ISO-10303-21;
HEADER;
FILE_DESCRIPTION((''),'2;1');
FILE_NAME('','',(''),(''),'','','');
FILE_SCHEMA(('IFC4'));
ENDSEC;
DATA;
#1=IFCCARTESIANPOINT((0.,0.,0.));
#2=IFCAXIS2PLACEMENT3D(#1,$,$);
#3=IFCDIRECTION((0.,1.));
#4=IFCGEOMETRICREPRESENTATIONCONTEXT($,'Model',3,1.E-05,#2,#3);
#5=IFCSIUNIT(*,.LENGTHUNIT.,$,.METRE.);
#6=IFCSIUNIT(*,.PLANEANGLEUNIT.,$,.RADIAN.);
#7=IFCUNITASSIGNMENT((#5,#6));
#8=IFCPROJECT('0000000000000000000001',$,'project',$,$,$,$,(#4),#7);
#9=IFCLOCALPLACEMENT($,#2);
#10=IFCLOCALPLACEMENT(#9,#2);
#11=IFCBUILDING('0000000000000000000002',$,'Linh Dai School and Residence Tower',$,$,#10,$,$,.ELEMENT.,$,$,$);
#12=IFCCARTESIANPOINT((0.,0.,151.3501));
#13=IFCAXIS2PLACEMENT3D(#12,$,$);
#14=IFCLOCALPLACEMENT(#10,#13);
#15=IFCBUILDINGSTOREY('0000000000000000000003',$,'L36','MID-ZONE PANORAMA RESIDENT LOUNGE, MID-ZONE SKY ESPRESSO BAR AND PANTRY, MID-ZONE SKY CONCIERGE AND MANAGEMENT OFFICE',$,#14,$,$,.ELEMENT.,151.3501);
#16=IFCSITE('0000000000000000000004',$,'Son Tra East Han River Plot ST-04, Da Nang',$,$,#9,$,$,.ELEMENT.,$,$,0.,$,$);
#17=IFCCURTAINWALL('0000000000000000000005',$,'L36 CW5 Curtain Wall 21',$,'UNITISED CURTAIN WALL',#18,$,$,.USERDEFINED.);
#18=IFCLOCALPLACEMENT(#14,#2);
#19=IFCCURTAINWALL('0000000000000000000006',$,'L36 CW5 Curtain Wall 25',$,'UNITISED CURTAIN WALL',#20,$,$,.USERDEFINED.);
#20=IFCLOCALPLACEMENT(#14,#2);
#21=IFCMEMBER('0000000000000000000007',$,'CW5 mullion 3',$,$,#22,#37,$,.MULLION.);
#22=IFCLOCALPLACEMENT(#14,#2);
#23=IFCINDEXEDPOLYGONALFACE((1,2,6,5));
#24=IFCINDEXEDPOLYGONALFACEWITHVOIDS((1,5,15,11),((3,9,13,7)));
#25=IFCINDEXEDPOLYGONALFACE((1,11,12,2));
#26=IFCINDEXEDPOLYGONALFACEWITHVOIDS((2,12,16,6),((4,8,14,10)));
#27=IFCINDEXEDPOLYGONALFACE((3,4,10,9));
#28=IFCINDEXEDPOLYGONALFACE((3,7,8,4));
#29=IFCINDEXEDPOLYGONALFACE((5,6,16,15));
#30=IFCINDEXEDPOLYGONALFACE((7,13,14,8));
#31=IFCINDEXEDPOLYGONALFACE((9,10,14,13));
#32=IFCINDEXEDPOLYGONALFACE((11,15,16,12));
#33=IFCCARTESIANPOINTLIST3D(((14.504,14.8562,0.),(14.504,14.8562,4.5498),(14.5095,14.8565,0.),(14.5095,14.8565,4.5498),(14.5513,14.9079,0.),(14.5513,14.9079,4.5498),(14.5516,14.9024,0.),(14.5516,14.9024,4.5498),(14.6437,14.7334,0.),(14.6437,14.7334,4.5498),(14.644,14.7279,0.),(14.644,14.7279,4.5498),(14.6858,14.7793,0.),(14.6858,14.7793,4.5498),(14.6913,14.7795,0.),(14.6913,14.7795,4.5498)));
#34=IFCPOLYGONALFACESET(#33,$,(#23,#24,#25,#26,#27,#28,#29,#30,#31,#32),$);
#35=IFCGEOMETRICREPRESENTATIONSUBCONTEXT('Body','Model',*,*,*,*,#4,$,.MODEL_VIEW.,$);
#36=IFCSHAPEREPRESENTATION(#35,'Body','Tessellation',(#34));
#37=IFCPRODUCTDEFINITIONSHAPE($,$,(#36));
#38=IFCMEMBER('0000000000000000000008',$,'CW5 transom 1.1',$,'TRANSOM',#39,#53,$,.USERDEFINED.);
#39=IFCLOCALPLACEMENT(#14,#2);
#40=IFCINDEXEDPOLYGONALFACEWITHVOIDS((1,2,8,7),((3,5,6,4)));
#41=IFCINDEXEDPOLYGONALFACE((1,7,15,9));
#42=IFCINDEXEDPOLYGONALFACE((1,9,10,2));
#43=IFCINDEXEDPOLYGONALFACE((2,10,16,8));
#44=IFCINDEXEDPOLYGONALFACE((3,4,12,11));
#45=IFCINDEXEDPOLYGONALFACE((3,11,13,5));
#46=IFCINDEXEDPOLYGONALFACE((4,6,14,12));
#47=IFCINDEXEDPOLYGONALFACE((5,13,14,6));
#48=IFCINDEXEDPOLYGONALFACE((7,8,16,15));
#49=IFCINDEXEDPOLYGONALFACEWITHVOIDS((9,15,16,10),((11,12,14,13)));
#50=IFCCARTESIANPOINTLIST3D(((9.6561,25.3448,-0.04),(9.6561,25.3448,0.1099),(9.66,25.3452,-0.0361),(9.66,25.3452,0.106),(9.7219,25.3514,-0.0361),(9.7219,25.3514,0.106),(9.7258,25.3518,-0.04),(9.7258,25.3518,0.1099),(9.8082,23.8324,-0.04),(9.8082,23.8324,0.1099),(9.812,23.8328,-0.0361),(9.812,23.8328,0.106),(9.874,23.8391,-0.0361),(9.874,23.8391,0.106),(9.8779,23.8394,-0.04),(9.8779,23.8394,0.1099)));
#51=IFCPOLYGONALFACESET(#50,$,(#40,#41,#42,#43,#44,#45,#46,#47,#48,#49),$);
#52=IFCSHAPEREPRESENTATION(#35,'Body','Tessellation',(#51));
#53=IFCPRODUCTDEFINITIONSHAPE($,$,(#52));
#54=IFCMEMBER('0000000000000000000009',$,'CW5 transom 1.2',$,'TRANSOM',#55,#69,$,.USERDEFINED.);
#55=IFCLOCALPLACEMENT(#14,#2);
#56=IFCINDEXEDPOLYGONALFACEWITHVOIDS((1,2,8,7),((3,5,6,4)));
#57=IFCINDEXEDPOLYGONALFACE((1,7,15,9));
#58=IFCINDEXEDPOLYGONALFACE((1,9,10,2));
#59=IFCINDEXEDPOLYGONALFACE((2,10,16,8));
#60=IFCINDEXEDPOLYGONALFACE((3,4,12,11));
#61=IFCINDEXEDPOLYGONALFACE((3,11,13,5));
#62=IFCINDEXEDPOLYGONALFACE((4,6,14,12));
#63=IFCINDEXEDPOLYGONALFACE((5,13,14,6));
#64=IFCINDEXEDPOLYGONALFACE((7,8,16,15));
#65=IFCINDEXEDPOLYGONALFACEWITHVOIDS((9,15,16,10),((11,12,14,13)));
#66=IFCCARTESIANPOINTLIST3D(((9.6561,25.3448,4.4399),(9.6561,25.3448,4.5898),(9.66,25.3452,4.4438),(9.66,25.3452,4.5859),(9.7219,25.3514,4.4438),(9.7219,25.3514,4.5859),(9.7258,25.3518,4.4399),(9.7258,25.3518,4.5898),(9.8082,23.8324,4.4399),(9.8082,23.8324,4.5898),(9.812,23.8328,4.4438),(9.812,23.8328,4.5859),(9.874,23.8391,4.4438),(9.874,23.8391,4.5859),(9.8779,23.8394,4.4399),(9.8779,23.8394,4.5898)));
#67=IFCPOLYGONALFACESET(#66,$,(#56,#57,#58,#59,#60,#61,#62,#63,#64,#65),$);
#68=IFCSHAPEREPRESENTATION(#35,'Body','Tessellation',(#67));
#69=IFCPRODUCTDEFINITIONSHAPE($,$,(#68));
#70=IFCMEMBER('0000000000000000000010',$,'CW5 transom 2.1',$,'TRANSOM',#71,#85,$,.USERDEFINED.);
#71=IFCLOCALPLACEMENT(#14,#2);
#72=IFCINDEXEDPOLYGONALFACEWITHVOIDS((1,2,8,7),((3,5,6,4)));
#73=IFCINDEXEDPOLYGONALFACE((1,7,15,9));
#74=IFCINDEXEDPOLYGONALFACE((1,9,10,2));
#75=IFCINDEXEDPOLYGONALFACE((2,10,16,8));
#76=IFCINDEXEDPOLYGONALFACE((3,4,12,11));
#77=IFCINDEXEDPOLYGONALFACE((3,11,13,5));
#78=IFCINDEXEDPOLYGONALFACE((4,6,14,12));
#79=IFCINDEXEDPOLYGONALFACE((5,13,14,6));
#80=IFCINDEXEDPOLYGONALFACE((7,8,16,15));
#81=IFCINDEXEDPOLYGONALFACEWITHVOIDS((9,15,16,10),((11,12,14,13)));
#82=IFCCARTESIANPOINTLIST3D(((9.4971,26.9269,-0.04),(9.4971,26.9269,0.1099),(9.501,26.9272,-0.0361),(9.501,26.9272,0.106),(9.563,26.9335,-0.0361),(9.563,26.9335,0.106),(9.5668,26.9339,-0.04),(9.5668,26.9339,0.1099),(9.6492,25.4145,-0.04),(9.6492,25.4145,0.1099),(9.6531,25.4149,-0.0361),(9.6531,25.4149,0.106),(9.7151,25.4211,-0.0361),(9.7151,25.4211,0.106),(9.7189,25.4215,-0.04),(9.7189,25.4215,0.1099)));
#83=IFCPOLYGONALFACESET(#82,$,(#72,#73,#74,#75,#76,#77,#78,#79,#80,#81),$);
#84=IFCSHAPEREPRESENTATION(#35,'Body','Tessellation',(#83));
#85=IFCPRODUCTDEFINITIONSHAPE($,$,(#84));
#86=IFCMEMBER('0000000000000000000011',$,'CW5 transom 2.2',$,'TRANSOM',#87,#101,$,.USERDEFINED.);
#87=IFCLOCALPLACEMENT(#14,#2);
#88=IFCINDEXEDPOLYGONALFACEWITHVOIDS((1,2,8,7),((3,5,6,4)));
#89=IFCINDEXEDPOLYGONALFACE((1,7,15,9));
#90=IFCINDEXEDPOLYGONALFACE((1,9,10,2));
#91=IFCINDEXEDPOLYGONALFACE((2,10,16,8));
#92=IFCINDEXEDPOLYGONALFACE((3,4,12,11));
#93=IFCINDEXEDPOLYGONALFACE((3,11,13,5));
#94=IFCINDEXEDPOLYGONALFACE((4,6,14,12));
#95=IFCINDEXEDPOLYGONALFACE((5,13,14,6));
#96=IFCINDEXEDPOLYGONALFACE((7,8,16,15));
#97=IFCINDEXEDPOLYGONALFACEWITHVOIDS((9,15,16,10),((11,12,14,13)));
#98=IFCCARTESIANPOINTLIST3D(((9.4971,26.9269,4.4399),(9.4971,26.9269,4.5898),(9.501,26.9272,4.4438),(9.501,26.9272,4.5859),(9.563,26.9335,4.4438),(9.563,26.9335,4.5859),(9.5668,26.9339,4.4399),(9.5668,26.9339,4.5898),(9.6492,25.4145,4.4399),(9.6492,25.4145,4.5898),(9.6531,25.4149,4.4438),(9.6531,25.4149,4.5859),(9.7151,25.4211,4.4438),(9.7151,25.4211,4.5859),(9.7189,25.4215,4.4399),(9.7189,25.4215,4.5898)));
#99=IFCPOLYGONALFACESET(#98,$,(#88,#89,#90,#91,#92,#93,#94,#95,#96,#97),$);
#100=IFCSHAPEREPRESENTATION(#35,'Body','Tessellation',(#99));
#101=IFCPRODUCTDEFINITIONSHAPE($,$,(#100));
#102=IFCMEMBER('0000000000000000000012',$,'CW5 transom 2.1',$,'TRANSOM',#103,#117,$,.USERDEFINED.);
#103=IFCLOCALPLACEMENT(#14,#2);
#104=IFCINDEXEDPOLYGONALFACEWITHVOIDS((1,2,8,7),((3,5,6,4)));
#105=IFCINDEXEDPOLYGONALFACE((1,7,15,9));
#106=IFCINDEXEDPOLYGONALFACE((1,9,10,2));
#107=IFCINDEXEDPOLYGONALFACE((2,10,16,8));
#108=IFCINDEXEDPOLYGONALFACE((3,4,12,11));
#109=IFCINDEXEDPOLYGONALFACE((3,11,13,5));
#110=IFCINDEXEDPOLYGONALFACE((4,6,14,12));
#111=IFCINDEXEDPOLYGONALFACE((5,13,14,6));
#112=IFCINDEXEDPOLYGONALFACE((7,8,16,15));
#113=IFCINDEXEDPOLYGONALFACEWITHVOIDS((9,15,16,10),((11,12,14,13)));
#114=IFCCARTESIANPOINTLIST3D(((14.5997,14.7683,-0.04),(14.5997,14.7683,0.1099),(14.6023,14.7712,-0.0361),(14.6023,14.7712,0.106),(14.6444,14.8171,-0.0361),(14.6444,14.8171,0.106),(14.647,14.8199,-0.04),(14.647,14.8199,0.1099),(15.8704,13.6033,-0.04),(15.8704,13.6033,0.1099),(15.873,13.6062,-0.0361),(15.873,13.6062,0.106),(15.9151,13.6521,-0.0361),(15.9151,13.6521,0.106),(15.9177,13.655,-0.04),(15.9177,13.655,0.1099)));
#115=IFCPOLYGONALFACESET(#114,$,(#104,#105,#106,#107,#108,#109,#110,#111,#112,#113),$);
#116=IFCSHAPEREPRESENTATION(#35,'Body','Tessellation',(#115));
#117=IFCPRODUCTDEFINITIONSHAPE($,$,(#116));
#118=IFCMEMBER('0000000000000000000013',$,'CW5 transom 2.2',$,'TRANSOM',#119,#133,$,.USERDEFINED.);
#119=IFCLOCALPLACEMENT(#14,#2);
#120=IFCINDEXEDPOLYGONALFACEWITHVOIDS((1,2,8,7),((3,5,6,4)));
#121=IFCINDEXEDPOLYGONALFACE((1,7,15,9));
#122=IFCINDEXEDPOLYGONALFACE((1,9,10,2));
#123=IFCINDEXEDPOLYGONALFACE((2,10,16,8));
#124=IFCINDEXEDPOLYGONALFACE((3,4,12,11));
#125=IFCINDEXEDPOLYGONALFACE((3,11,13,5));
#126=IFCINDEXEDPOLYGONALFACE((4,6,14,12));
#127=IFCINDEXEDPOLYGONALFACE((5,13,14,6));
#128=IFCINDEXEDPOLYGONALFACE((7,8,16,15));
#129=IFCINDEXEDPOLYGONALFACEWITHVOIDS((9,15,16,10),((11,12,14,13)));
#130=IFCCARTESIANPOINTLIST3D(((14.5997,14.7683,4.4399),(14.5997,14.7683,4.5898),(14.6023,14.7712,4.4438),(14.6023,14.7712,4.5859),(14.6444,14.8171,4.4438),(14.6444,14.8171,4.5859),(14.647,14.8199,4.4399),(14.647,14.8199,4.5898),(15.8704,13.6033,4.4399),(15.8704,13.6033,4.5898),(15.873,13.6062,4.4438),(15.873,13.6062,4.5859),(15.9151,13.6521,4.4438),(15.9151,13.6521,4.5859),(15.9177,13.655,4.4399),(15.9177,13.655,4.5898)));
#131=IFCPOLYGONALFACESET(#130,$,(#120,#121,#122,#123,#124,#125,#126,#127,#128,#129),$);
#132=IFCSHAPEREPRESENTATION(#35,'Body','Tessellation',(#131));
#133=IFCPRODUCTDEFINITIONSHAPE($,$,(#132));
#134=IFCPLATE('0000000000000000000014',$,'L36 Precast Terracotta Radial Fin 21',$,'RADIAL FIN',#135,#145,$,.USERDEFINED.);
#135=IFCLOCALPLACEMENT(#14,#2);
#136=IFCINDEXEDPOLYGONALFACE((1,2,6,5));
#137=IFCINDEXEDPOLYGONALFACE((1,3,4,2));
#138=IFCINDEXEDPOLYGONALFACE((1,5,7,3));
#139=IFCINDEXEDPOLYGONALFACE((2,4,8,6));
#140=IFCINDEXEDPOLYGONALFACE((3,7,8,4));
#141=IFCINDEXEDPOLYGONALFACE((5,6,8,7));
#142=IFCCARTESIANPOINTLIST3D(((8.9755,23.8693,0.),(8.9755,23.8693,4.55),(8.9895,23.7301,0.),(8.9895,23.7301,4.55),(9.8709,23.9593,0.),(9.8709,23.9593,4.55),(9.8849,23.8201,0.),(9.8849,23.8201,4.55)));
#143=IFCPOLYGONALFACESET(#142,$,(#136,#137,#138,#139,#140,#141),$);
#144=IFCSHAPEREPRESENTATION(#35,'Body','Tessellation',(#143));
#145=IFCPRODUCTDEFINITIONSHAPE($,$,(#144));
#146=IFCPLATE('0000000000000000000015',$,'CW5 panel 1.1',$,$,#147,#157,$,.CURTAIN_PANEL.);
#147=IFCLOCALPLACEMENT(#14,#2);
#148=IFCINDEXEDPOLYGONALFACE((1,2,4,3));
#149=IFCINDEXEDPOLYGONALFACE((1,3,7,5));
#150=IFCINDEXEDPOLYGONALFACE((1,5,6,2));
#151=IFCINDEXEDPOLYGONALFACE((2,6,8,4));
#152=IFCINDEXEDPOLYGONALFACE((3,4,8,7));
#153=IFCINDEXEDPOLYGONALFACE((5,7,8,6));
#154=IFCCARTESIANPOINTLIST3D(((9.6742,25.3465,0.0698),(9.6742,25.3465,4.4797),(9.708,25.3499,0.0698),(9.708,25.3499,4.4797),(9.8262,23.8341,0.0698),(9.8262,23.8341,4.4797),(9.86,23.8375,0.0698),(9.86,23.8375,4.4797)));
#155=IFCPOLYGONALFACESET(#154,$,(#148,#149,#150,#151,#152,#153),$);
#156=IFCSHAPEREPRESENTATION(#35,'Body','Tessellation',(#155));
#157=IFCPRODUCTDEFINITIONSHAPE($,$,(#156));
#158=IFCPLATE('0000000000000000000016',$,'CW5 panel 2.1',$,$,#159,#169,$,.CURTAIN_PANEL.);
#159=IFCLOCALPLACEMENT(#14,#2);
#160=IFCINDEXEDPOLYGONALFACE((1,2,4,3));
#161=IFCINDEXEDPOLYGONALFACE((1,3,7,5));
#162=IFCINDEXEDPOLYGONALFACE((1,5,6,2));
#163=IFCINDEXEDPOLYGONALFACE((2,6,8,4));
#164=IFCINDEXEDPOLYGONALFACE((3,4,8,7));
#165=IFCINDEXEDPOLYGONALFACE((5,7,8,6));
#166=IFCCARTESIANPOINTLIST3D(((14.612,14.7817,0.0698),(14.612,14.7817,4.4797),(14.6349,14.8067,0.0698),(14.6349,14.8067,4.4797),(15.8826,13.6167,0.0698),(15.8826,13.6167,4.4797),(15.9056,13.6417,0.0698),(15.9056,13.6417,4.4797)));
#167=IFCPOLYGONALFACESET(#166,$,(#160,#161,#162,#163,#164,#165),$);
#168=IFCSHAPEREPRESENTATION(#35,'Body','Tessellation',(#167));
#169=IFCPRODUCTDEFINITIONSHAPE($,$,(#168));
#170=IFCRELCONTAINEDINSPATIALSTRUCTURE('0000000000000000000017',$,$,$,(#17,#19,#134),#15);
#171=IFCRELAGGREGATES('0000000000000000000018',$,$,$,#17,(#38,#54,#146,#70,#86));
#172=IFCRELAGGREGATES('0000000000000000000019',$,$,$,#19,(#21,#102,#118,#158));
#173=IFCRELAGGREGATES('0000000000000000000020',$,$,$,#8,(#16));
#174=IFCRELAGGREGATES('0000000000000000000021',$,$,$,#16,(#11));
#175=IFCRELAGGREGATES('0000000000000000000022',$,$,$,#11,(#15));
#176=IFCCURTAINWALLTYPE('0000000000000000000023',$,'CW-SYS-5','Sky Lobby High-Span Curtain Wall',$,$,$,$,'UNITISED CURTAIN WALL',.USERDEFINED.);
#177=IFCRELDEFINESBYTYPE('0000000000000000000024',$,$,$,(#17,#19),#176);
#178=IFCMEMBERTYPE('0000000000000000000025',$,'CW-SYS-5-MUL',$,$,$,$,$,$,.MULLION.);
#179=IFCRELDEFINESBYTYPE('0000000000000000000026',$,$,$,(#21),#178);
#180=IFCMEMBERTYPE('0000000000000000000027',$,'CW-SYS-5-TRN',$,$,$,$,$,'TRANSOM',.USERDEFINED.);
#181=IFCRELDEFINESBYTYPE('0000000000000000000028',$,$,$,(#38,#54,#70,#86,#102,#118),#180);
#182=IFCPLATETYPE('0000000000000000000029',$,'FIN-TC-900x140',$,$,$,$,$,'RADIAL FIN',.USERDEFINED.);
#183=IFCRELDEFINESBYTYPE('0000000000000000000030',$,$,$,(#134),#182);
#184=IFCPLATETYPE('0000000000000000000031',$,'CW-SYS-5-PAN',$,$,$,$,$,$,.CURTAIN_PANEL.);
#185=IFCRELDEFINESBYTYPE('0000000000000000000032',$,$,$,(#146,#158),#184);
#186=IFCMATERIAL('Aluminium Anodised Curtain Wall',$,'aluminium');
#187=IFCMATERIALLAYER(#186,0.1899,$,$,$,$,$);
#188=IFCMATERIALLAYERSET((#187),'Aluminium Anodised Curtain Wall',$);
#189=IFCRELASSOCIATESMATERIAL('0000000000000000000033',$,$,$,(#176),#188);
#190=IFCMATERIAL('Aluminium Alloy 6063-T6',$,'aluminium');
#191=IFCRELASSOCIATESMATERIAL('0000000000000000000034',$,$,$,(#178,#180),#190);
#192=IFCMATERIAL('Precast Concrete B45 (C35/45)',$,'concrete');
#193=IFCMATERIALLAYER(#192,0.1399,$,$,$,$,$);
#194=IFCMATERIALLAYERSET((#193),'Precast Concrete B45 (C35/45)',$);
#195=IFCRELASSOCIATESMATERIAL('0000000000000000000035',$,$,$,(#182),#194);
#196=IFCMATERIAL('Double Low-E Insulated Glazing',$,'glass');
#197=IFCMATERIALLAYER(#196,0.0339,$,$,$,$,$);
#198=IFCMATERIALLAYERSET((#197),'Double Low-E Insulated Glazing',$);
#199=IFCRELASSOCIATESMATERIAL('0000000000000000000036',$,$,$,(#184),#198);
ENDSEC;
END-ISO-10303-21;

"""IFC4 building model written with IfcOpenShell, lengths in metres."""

from ifc_helpers import new_model, si_unit, direction, frame, origin, origin_2d, place, context, subcontext, project, spatial, rectangle, hollow_rectangle, extrude, source, transform, mapped, material, layer, layer_set, material_profile, profile_set, type_object, element, aggregate, save


model = new_model("IFC4")

# Units and contexts
model_context = context("Model", 3, precision=1e-05, world=origin(), true_north=direction((0.0, 1.0)))
body_context = subcontext(model_context, "Body", "Model", "MODEL_VIEW")
ifc_project = project(units=[si_unit("LENGTHUNIT", "METRE"), si_unit("PLANEANGLEUNIT", "RADIAN")], contexts=[model_context])

# Site, building, storey
site_placement = place(None, origin())
site = spatial("IfcSite", under=ifc_project, at=site_placement, Name="Son Tra East Han River Plot ST-04, Da Nang", CompositionType="ELEMENT", RefElevation=0.0)
building_placement = place(site_placement, origin())
building = spatial("IfcBuilding", under=site, at=building_placement, Name="Linh Dai School and Residence Tower", CompositionType="ELEMENT")
storey_placement = place(building_placement, frame((0.0, 0.0, 151.3501)))
storey = spatial("IfcBuildingStorey", under=building, at=storey_placement, Name="L36", Description="MID-ZONE PANORAMA RESIDENT LOUNGE, MID-ZONE SKY ESPRESSO BAR AND PANTRY, MID-ZONE SKY CONCIERGE AND MANAGEMENT OFFICE", CompositionType="ELEMENT", Elevation=151.3501)

# Curtain wall
ifc_material_1 = material(Name="Aluminium Anodised Curtain Wall", Category="aluminium")
ifc_layer_1 = layer(ifc_material_1, 0.1899)
ifc_layer_set_1 = layer_set([ifc_layer_1], Name="Aluminium Anodised Curtain Wall")
curtain_wall_type = type_object("IfcCurtainWallType", Name="CW-SYS-5", Description="Sky Lobby High-Span Curtain Wall", ElementType="UNITISED CURTAIN WALL", PredefinedType="USERDEFINED", material=ifc_layer_set_1)
curtain_wall_1_placement = place(storey_placement, origin())
curtain_wall_1 = element("IfcCurtainWall", 1, at=curtain_wall_1_placement, inside=storey, type_object=curtain_wall_type, Name="L36 CW5 Curtain Wall 21", ObjectType="UNITISED CURTAIN WALL", PredefinedType="USERDEFINED")
ifc_material_2 = material(Name="Aluminium Alloy 6063-T6", Category="aluminium")
ifc_material_profile_1 = material_profile(ifc_material_2, hollow_rectangle(XDim=0.0701, YDim=0.1899, WallThickness=0.0039, at=origin_2d()), Name="RHS 190x70x4")
ifc_profile_set_1 = profile_set([ifc_material_profile_1], Name="Aluminium Alloy 6063-T6")
member_type_1 = type_object("IfcMemberType", Name="CW-SYS-5-MUL", PredefinedType="MULLION", material=ifc_profile_set_1)
shared_shape_1 = source(origin(), body_context, "Body", "SweptSolid", [
    extrude(hollow_rectangle(XDim=0.0701, YDim=0.1899, WallThickness=0.0039, at=origin_2d()), origin(), (0.0, 0.0, 1.0), 4.5498),
])

# Curtain wall, member
curtain_wall_2_placement = place(storey_placement, origin())
curtain_wall_2 = element("IfcCurtainWall", 2, at=curtain_wall_2_placement, inside=storey, type_object=curtain_wall_type, Name="L36 CW5 Curtain Wall 25", ObjectType="UNITISED CURTAIN WALL", PredefinedType="USERDEFINED")
member_1_placement = place(storey_placement, frame((14.5977, 14.8179, 0.0), z_axis=(0.0, 0.0, 1.0), x_axis=(-0.6758, -0.737085, 0.0)))
member_1 = element("IfcMember", 3, at=member_1_placement, type_object=member_type_1, Name="CW5 mullion 3", PredefinedType="MULLION", context=body_context, shape_type="MappedRepresentation", body=[
    mapped(shared_shape_1, transform((0.0, 0.0, 0.0), x_axis=(1.0, 0.0, 0.0), y_axis=(0.0, 1.0, 0.0), z_axis=(0.0, 0.0, 1.0), scale=1.0)),
])

# Members
ifc_material_profile_2 = material_profile(ifc_material_2, hollow_rectangle(XDim=0.0701, YDim=0.1499, WallThickness=0.0039, at=origin_2d()), Name="RHS 150x70x4")
ifc_profile_set_2 = profile_set([ifc_material_profile_2], Name="Aluminium Alloy 6063-T6")
member_type_2 = type_object("IfcMemberType", Name="CW-SYS-5-TRN", ElementType="TRANSOM", PredefinedType="USERDEFINED", material=ifc_profile_set_2)
shared_shape_2 = source(origin(), body_context, "Body", "SweptSolid", [
    extrude(hollow_rectangle(XDim=0.0701, YDim=0.1499, WallThickness=0.0039, at=origin_2d()), origin(), (0.0, 0.0, 1.0), 1.52),
])
member_2_placement = place(storey_placement, frame((9.843, 23.8359, 0.0349), z_axis=(-0.10006, 0.994981, 0.0), x_axis=(-0.994981, -0.10006, 0.0)))
member_2 = element("IfcMember", 4, at=member_2_placement, type_object=member_type_2, Name="CW5 transom 1.1", ObjectType="TRANSOM", PredefinedType="USERDEFINED", context=body_context, shape_type="MappedRepresentation", body=[
    mapped(shared_shape_2, transform((0.0, 0.0, 0.0), x_axis=(1.0, 0.0, 0.0), y_axis=(0.0, 1.0, 0.0), z_axis=(0.0, 0.0, 1.0), scale=1.0)),
])
member_3_placement = place(storey_placement, frame((9.843, 23.8359, 4.5149), z_axis=(-0.10006, 0.994981, 0.0), x_axis=(-0.994981, -0.10006, 0.0)))
member_3 = element("IfcMember", 5, at=member_3_placement, type_object=member_type_2, Name="CW5 transom 1.2", ObjectType="TRANSOM", PredefinedType="USERDEFINED", context=body_context, shape_type="MappedRepresentation", body=[
    mapped(shared_shape_2, transform((0.0, 0.0, 0.0), x_axis=(1.0, 0.0, 0.0), y_axis=(0.0, 1.0, 0.0), z_axis=(0.0, 0.0, 1.0), scale=1.0)),
])
member_4_placement = place(storey_placement, frame((9.6841, 25.418, 0.0349), z_axis=(-0.10006, 0.994981, 0.0), x_axis=(-0.994981, -0.10006, 0.0)))
member_4 = element("IfcMember", 6, at=member_4_placement, type_object=member_type_2, Name="CW5 transom 2.1", ObjectType="TRANSOM", PredefinedType="USERDEFINED", context=body_context, shape_type="MappedRepresentation", body=[
    mapped(shared_shape_2, transform((0.0, 0.0, 0.0), x_axis=(1.0, 0.0, 0.0), y_axis=(0.0, 1.0, 0.0), z_axis=(0.0, 0.0, 1.0), scale=1.0)),
])
member_5_placement = place(storey_placement, frame((9.6841, 25.418, 4.5149), z_axis=(-0.10006, 0.994981, 0.0), x_axis=(-0.994981, -0.10006, 0.0)))
member_5 = element("IfcMember", 7, at=member_5_placement, type_object=member_type_2, Name="CW5 transom 2.2", ObjectType="TRANSOM", PredefinedType="USERDEFINED", context=body_context, shape_type="MappedRepresentation", body=[
    mapped(shared_shape_2, transform((0.0, 0.0, 0.0), x_axis=(1.0, 0.0, 0.0), y_axis=(0.0, 1.0, 0.0), z_axis=(0.0, 0.0, 1.0), scale=1.0)),
])
shared_shape_3 = source(origin(), body_context, "Body", "SweptSolid", [
    extrude(hollow_rectangle(XDim=0.0701, YDim=0.1499, WallThickness=0.0039, at=origin_2d()), origin(), (0.0, 0.0, 1.0), 1.7239),
])
member_6_placement = place(storey_placement, frame((15.894, 13.6292, 0.0349), z_axis=(-0.737101, 0.675782, 0.0), x_axis=(-0.675782, -0.737101, 0.0)))
member_6 = element("IfcMember", 8, at=member_6_placement, type_object=member_type_2, Name="CW5 transom 2.1", ObjectType="TRANSOM", PredefinedType="USERDEFINED", context=body_context, shape_type="MappedRepresentation", body=[
    mapped(shared_shape_3, transform((0.0, 0.0, 0.0), x_axis=(1.0, 0.0, 0.0), y_axis=(0.0, 1.0, 0.0), z_axis=(0.0, 0.0, 1.0), scale=1.0)),
])
member_7_placement = place(storey_placement, frame((15.894, 13.6292, 4.5149), z_axis=(-0.737101, 0.675782, 0.0), x_axis=(-0.675782, -0.737101, 0.0)))
member_7 = element("IfcMember", 9, at=member_7_placement, type_object=member_type_2, Name="CW5 transom 2.2", ObjectType="TRANSOM", PredefinedType="USERDEFINED", context=body_context, shape_type="MappedRepresentation", body=[
    mapped(shared_shape_3, transform((0.0, 0.0, 0.0), x_axis=(1.0, 0.0, 0.0), y_axis=(0.0, 1.0, 0.0), z_axis=(0.0, 0.0, 1.0), scale=1.0)),
])

# Plates
ifc_material_3 = material(Name="Precast Concrete B45 (C35/45)", Category="concrete")
ifc_layer_2 = layer(ifc_material_3, 0.1399)
ifc_layer_set_2 = layer_set([ifc_layer_2], Name="Precast Concrete B45 (C35/45)")
plate_type_1 = type_object("IfcPlateType", Name="FIN-TC-900x140", ElementType="RADIAL FIN", PredefinedType="USERDEFINED", material=ifc_layer_set_2)
shared_shape_4 = source(origin(), body_context, "Body", "SweptSolid", [
    extrude(rectangle(XDim=0.8999, YDim=0.1399, at=origin_2d()), origin(), (0.0, 0.0, 1.0), 4.55),
])
plate_1_placement = place(storey_placement, frame((9.4302, 23.8447, 0.0), z_axis=(0.0, 0.0, 1.0), x_axis=(-0.994987, -0.100002, 0.0)))
element("IfcPlate", 10, at=plate_1_placement, inside=storey, type_object=plate_type_1, Name="L36 Precast Terracotta Radial Fin 21", ObjectType="RADIAL FIN", PredefinedType="USERDEFINED", context=body_context, shape_type="MappedRepresentation", body=[
    mapped(shared_shape_4, transform((0.0, 0.0, 0.0), x_axis=(1.0, 0.0, 0.0), y_axis=(0.0, 1.0, 0.0), z_axis=(0.0, 0.0, 1.0), scale=1.0)),
])
ifc_material_4 = material(Name="Double Low-E Insulated Glazing", Category="glass")
ifc_layer_3 = layer(ifc_material_4, 0.0339)
ifc_layer_set_3 = layer_set([ifc_layer_3], Name="Double Low-E Insulated Glazing")
plate_type_2 = type_object("IfcPlateType", Name="CW-SYS-5-PAN", PredefinedType="CURTAIN_PANEL", material=ifc_layer_set_3)
shared_shape_5 = source(origin(), body_context, "Body", "SweptSolid", [
    extrude(rectangle(XDim=1.52, YDim=0.0339, at=origin_2d()), origin(), (0.0, 0.0, 1.0), 4.4099),
])
plate_2_placement = place(storey_placement, frame((9.7671, 24.592, 0.0698), z_axis=(0.0, 0.0, 1.0), x_axis=(-0.100002, 0.994987, 0.0)))
plate_2 = element("IfcPlate", 11, at=plate_2_placement, type_object=plate_type_2, Name="CW5 panel 1.1", PredefinedType="CURTAIN_PANEL", context=body_context, shape_type="MappedRepresentation", body=[
    mapped(shared_shape_5, transform((0.0, 0.0, 0.0), x_axis=(1.0, 0.0, 0.0), y_axis=(0.0, 1.0, 0.0), z_axis=(0.0, 0.0, 1.0), scale=1.0)),
])
aggregate(curtain_wall_1, [member_2, member_3, plate_2, member_4, member_5])
shared_shape_6 = source(origin(), body_context, "Body", "SweptSolid", [
    extrude(rectangle(XDim=1.7239, YDim=0.0339, at=origin_2d()), origin(), (0.0, 0.0, 1.0), 4.4099),
])
plate_3_placement = place(storey_placement, frame((15.2588, 14.2117, 0.0698), z_axis=(0.0, 0.0, 1.0), x_axis=(-0.737085, 0.6758, 0.0)))
plate_3 = element("IfcPlate", 12, at=plate_3_placement, type_object=plate_type_2, Name="CW5 panel 2.1", PredefinedType="CURTAIN_PANEL", context=body_context, shape_type="MappedRepresentation", body=[
    mapped(shared_shape_6, transform((0.0, 0.0, 0.0), x_axis=(1.0, 0.0, 0.0), y_axis=(0.0, 1.0, 0.0), z_axis=(0.0, 0.0, 1.0), scale=1.0)),
])
aggregate(curtain_wall_2, [member_1, member_6, member_7, plate_3])

save(model, "model.ifc")
